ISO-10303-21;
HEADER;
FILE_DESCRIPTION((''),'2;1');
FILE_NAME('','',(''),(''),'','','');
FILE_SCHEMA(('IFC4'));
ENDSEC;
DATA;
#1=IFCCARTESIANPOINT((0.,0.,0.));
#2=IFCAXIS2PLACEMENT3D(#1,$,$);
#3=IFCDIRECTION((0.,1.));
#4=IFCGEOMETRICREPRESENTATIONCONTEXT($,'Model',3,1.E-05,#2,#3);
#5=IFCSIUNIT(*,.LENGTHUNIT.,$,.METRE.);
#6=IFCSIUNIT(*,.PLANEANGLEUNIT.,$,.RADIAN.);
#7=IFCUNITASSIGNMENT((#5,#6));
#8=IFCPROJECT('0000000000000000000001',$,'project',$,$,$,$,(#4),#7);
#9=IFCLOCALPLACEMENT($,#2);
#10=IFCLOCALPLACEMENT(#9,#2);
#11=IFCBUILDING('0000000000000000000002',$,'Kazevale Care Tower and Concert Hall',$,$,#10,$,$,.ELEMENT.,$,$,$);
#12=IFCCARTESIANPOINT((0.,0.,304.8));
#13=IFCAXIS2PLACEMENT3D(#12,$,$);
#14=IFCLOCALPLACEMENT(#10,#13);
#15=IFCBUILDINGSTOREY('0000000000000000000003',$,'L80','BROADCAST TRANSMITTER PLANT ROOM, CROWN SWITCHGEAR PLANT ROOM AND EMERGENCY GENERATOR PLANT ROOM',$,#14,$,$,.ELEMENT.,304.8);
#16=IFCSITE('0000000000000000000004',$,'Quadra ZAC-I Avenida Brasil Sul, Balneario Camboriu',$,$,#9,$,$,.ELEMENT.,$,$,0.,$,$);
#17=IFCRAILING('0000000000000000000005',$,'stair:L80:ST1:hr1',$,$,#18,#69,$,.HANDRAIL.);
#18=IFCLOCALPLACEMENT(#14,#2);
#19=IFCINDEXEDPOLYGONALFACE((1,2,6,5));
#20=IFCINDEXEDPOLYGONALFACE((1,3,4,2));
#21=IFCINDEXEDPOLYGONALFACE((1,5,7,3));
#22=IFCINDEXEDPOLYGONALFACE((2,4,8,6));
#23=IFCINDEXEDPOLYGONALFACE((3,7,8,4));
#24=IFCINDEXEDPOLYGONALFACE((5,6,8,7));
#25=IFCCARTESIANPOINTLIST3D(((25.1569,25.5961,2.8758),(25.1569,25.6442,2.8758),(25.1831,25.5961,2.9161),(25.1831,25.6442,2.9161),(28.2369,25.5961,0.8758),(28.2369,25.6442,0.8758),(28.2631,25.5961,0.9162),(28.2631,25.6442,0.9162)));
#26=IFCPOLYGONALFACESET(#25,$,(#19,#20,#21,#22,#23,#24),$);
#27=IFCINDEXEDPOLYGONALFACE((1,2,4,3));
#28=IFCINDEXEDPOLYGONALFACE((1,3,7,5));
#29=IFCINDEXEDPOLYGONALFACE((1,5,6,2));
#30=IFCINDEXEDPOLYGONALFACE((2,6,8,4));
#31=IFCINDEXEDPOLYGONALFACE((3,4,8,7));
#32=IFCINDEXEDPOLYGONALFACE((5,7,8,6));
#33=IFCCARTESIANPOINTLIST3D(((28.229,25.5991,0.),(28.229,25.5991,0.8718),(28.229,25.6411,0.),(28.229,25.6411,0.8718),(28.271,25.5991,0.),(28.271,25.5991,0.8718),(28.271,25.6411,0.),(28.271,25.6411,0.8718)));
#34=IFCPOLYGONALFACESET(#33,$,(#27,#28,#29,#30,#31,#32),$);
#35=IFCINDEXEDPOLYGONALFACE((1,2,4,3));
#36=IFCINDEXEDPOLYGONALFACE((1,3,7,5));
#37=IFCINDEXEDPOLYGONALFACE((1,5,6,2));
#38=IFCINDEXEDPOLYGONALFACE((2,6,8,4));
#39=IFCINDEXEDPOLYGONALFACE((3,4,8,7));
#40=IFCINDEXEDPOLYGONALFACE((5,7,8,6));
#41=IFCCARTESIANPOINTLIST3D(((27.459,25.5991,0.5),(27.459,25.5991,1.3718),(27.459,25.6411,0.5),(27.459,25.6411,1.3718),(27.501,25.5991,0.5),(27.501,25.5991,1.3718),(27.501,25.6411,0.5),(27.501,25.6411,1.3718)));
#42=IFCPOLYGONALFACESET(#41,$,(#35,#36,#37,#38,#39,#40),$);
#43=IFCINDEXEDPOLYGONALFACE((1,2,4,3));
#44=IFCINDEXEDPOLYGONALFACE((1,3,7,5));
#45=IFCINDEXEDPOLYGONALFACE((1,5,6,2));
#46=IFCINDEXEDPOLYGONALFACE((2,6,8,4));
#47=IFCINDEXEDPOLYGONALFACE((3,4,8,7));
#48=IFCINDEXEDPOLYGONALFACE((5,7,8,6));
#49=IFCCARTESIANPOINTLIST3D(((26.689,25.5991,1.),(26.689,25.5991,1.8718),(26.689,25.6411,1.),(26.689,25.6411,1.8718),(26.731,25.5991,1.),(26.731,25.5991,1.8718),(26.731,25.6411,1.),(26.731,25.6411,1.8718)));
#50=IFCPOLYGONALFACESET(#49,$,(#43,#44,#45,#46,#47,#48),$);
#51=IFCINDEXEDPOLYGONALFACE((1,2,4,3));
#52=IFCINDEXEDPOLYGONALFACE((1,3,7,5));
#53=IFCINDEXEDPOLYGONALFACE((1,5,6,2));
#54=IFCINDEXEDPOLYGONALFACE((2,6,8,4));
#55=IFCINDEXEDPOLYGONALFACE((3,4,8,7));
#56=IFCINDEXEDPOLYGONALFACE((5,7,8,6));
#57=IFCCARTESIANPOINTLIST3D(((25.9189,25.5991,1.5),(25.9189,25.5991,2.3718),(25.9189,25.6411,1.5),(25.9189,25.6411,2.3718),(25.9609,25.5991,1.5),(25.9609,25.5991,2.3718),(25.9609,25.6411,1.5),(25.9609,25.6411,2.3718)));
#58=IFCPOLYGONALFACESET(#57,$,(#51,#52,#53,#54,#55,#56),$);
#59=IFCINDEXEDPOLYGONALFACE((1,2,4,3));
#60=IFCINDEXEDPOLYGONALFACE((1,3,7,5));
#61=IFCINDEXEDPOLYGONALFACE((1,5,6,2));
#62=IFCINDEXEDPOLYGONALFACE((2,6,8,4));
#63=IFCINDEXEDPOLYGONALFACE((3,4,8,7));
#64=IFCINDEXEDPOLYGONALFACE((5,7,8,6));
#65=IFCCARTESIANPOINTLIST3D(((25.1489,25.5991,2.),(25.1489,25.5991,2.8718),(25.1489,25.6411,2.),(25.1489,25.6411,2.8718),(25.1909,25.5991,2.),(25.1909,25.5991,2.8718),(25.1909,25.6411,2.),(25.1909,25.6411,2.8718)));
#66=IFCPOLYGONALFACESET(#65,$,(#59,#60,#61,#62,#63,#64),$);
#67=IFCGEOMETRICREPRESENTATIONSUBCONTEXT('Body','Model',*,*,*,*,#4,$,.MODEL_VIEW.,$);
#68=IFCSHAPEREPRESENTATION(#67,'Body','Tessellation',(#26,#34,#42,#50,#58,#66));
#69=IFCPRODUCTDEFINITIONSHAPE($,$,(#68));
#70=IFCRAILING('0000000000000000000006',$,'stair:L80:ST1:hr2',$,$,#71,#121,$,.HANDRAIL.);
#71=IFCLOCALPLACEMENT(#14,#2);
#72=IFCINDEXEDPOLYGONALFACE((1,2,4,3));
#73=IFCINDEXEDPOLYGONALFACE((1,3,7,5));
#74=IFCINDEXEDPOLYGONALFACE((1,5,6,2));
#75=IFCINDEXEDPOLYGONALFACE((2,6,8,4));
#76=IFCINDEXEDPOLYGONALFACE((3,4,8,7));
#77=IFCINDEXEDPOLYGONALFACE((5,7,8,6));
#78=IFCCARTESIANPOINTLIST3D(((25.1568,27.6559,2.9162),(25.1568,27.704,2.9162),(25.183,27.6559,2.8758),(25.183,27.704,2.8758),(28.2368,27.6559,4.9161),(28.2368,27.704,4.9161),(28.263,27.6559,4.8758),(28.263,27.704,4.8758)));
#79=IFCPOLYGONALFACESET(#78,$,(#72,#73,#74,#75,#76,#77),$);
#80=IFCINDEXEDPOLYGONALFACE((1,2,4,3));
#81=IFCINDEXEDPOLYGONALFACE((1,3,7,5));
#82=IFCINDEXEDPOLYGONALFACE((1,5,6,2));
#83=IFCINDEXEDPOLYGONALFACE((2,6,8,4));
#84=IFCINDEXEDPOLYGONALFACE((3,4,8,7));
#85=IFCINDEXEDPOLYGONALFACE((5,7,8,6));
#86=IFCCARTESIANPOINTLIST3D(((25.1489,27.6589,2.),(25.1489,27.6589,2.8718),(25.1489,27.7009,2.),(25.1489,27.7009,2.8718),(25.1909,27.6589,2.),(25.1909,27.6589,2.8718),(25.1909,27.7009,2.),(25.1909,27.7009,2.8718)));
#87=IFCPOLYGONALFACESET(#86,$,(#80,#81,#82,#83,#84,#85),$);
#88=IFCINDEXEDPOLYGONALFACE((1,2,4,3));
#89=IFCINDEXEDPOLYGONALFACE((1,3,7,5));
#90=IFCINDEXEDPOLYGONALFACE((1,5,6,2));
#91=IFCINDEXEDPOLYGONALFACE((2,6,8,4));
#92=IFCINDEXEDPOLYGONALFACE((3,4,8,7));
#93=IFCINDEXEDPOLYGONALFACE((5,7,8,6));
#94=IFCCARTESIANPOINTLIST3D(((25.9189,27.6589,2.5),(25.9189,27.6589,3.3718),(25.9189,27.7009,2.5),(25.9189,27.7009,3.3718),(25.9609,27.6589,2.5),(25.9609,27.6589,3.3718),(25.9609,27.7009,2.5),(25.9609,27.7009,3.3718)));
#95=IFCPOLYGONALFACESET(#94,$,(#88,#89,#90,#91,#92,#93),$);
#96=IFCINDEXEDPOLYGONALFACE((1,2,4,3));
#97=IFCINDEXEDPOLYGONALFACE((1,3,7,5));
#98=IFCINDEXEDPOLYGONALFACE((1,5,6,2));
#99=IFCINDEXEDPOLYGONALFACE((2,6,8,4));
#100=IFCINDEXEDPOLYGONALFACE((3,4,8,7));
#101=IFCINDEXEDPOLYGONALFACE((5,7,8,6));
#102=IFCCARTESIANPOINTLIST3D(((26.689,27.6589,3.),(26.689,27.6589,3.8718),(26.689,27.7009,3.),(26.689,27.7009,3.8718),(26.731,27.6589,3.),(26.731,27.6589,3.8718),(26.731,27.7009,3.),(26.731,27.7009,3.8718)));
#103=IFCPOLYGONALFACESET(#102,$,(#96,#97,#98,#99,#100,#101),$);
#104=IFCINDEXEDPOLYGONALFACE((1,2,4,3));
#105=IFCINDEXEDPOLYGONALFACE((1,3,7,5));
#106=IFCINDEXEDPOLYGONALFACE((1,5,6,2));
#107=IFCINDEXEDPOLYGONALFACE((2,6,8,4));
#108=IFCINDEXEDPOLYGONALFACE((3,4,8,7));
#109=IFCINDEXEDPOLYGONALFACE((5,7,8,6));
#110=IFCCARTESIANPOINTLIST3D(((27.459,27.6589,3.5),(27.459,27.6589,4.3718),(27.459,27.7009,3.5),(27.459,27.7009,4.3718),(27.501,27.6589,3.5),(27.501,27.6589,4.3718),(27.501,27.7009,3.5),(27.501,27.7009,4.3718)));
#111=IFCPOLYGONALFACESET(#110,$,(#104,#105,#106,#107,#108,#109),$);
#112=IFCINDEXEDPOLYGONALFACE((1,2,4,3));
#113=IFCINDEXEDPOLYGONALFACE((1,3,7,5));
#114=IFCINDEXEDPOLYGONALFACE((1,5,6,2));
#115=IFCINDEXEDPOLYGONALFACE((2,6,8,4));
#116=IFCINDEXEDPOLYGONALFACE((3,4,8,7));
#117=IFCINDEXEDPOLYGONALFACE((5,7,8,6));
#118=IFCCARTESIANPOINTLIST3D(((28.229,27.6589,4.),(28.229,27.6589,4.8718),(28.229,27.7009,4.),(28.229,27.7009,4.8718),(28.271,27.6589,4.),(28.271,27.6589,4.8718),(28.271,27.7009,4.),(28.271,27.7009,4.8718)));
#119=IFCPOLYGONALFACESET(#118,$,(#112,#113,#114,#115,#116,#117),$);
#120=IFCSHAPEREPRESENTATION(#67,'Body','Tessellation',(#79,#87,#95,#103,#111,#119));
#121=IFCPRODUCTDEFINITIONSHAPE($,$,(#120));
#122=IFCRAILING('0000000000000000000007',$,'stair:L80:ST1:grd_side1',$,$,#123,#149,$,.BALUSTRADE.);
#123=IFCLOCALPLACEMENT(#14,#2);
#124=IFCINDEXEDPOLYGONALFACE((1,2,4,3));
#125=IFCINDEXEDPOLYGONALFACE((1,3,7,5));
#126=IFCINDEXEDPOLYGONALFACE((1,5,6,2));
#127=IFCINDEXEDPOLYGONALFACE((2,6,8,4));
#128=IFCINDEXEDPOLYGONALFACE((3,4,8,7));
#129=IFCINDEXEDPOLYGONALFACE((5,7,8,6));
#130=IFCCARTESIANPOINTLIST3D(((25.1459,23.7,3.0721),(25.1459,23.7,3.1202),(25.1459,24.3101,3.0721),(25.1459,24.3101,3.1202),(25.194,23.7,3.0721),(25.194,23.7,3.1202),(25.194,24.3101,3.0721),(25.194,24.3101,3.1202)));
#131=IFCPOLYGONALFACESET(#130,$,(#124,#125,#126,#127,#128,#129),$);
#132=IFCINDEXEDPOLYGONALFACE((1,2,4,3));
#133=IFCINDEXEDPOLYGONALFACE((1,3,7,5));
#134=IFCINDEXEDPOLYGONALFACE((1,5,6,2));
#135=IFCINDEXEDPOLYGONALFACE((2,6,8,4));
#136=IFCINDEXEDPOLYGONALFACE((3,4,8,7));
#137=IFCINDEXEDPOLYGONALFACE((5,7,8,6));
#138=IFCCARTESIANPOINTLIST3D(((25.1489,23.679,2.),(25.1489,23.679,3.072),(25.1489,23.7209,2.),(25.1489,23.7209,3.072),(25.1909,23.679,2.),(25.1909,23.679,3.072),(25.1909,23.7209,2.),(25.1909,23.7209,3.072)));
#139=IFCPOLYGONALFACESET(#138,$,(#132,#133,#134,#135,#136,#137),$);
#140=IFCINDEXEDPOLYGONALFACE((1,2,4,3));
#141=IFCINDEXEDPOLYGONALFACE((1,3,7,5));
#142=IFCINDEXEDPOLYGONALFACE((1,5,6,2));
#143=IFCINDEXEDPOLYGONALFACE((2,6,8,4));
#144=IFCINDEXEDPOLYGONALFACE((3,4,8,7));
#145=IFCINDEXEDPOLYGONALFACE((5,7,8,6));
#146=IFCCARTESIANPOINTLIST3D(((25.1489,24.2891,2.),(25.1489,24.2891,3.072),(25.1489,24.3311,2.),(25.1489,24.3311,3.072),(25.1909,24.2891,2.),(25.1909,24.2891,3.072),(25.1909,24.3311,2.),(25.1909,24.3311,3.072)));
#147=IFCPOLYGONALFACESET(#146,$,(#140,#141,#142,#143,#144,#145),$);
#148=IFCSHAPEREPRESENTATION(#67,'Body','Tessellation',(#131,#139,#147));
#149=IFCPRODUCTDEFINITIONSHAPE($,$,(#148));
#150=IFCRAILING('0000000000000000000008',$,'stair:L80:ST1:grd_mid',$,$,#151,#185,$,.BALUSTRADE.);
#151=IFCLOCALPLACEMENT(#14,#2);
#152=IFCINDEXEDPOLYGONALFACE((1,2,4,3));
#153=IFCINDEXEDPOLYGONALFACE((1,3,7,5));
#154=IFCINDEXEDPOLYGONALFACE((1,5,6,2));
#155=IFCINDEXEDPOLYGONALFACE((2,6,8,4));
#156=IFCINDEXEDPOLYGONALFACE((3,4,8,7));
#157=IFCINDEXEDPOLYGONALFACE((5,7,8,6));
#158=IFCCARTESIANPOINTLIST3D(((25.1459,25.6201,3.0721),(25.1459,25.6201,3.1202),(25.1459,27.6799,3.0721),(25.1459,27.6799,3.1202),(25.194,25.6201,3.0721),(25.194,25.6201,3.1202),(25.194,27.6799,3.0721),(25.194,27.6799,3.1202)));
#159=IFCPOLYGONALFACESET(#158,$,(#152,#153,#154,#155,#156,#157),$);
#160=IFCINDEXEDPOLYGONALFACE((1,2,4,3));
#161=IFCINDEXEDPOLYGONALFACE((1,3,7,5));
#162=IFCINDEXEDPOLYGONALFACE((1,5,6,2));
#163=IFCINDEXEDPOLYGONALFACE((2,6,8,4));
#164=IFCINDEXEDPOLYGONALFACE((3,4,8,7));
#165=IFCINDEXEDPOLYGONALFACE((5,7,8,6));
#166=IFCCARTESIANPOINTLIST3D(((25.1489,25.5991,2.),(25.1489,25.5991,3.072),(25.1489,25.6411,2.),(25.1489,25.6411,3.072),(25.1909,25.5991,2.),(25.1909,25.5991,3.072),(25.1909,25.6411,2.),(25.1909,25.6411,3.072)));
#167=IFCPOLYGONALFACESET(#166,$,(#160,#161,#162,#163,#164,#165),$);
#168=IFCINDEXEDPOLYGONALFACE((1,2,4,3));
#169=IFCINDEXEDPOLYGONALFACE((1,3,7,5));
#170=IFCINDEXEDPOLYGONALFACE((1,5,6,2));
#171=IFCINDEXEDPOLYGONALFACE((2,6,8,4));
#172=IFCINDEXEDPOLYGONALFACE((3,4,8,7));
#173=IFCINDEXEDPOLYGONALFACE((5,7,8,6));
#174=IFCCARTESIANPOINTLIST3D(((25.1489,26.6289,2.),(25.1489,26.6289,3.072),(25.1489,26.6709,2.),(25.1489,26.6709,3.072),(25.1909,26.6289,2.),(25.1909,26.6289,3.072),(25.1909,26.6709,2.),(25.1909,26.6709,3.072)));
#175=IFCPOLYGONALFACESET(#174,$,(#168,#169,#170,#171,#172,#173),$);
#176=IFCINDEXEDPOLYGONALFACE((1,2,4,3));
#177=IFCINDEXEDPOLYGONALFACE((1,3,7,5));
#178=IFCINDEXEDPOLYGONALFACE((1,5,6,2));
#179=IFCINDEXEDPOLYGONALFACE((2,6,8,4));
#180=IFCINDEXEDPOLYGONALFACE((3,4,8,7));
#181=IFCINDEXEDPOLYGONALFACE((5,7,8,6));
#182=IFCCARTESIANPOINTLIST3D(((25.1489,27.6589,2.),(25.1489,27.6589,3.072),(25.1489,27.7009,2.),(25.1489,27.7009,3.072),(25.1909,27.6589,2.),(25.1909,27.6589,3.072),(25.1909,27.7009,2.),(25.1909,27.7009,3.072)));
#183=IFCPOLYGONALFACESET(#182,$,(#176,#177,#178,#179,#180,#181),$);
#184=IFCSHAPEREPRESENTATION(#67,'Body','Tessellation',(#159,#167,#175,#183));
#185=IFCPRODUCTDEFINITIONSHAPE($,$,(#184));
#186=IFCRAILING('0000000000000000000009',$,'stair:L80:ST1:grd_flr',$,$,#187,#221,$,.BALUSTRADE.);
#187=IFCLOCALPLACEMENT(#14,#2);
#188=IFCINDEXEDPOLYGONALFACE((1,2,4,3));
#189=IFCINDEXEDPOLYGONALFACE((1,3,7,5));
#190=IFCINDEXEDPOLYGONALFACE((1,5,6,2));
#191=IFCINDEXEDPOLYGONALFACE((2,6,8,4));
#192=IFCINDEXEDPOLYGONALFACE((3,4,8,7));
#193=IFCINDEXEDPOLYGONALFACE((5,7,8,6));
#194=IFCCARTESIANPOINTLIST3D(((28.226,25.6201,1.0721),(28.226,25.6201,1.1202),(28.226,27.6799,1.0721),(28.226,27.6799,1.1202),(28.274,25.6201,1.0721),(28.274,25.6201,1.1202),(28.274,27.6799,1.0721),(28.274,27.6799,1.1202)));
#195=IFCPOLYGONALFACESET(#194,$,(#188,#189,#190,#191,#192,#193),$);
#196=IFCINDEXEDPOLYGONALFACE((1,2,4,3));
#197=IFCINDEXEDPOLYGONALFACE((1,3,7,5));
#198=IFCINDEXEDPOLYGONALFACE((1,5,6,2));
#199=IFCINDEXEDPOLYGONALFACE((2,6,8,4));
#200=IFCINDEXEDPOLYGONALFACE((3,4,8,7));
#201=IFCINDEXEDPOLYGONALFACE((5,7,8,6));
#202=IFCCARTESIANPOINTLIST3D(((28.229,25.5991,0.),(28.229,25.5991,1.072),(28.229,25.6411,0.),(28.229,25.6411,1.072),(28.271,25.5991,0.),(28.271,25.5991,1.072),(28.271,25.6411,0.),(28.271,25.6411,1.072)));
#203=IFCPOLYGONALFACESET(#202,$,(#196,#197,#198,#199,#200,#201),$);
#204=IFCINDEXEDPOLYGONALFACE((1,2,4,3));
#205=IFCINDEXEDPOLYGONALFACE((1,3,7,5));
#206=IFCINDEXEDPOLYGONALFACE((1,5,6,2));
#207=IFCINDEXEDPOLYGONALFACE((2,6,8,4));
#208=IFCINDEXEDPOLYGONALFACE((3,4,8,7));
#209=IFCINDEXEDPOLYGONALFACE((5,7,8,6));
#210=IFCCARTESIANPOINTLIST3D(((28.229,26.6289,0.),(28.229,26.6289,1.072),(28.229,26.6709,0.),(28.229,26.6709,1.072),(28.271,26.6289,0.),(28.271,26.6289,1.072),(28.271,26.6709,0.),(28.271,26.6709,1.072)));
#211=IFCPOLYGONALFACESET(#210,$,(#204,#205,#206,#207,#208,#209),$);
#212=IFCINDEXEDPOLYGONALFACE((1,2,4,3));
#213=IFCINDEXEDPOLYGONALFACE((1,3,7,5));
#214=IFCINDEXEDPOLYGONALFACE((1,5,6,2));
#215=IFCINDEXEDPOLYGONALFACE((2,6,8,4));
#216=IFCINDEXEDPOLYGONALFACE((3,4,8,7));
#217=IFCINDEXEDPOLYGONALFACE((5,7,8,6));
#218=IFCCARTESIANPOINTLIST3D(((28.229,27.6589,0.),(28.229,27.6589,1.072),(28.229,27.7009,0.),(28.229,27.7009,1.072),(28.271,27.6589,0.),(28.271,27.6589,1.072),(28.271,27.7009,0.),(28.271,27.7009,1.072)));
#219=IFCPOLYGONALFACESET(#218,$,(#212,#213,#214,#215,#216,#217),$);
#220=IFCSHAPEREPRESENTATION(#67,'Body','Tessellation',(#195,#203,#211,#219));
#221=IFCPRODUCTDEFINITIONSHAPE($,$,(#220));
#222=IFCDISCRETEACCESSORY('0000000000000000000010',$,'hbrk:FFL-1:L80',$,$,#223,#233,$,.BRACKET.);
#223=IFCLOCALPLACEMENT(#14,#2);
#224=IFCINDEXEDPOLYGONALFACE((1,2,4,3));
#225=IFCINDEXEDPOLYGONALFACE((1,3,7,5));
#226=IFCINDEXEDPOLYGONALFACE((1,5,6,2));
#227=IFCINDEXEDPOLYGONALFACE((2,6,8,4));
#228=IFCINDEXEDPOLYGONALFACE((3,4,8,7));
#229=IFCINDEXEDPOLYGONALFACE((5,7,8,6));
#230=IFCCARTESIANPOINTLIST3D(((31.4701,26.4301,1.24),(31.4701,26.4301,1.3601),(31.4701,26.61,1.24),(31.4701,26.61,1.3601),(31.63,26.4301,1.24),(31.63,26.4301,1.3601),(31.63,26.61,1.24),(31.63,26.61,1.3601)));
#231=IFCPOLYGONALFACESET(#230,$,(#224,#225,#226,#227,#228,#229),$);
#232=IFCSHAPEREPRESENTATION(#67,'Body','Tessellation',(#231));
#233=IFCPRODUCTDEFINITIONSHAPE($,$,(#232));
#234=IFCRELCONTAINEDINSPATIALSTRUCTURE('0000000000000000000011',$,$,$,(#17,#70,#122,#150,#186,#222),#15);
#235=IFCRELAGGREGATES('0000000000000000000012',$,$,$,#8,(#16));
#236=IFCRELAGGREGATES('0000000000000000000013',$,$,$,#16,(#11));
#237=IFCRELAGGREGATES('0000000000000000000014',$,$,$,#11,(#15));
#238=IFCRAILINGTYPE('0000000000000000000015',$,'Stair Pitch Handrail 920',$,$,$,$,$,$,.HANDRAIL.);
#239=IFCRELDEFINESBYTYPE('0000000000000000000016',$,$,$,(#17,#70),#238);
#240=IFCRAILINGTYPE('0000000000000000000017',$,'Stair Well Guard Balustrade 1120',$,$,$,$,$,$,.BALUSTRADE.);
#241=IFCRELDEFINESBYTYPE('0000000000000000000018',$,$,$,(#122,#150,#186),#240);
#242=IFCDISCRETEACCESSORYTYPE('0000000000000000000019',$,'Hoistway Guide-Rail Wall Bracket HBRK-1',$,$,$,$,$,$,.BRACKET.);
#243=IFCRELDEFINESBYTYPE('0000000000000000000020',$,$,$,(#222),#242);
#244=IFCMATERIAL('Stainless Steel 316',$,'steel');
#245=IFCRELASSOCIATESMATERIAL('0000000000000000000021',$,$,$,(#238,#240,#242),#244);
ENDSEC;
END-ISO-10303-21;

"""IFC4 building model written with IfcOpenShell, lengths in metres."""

from ifc_helpers import new_model, si_unit, direction, frame, origin, origin_2d, place, context, subcontext, project, spatial, rectangle, extrude, material, type_object, element, save


model = new_model("IFC4")

# Units and contexts
model_context = context("Model", 3, precision=1e-05, world=origin(), true_north=direction((0.0, 1.0)))
body_context = subcontext(model_context, "Body", "Model", "MODEL_VIEW")
ifc_project = project(units=[si_unit("LENGTHUNIT", "METRE"), si_unit("PLANEANGLEUNIT", "RADIAN")], contexts=[model_context])

# Site, building, storey
site_placement = place(None, origin())
site = spatial("IfcSite", under=ifc_project, at=site_placement, Name="Quadra ZAC-I Avenida Brasil Sul, Balneario Camboriu", CompositionType="ELEMENT", RefElevation=0.0)
building_placement = place(site_placement, origin())
building = spatial("IfcBuilding", under=site, at=building_placement, Name="Kazevale Care Tower and Concert Hall", CompositionType="ELEMENT")
storey_placement = place(building_placement, frame((0.0, 0.0, 304.8)))
storey = spatial("IfcBuildingStorey", under=building, at=storey_placement, Name="L80", Description="BROADCAST TRANSMITTER PLANT ROOM, CROWN SWITCHGEAR PLANT ROOM AND EMERGENCY GENERATOR PLANT ROOM", CompositionType="ELEMENT", Elevation=304.8)

# Shared definitions
ifc_material_1 = material(Name="Stainless Steel 316", Category="steel")

# Railings
railing_type_1 = type_object("IfcRailingType", Name="Stair Pitch Handrail 920", PredefinedType="HANDRAIL", material=ifc_material_1)
railing_1_placement = place(storey_placement, frame((28.25, 25.6201, 0.0)))
element("IfcRailing", 1, at=railing_1_placement, inside=storey, type_object=railing_type_1, Name="stair:L80:ST1:hr1", PredefinedType="HANDRAIL", context=body_context, shape_type="SweptSolid", body=[
    extrude(rectangle(XDim=0.0481, YDim=0.0481, at=origin_2d()), frame((0.0, 0.0, 0.896), z_axis=(-0.838699, 0.0, 0.544596), x_axis=(0.0, -1.0, 0.0)), (0.0, 0.0, 1.0), 3.6724),
    extrude(rectangle(XDim=0.042, YDim=0.042, at=origin_2d()), origin(), (0.0, 0.0, 1.0), 0.8718),
    extrude(rectangle(XDim=0.042, YDim=0.042, at=origin_2d()), frame((-0.77, 0.0, 0.5)), (0.0, 0.0, 1.0), 0.8718),
    extrude(rectangle(XDim=0.042, YDim=0.042, at=origin_2d()), frame((-1.54, 0.0, 1.0)), (0.0, 0.0, 1.0), 0.8718),
    extrude(rectangle(XDim=0.042, YDim=0.042, at=origin_2d()), frame((-2.3101, 0.0, 1.5)), (0.0, 0.0, 1.0), 0.8718),
    extrude(rectangle(XDim=0.042, YDim=0.042, at=origin_2d()), frame((-3.0801, 0.0, 2.0)), (0.0, 0.0, 1.0), 0.8718),
])
railing_2_placement = place(storey_placement, frame((25.1699, 27.6799, 2.0)))
element("IfcRailing", 2, at=railing_2_placement, inside=storey, type_object=railing_type_1, Name="stair:L80:ST1:hr2", PredefinedType="HANDRAIL", context=body_context, shape_type="SweptSolid", body=[
    extrude(rectangle(XDim=0.0481, YDim=0.0481, at=origin_2d()), frame((0.0, 0.0, 0.896), z_axis=(0.838699, 0.0, 0.544596), x_axis=(0.0, 1.0, 0.0)), (0.0, 0.0, 1.0), 3.6724),
    extrude(rectangle(XDim=0.042, YDim=0.042, at=origin_2d()), origin(), (0.0, 0.0, 1.0), 0.8718),
    extrude(rectangle(XDim=0.042, YDim=0.042, at=origin_2d()), frame((0.77, 0.0, 0.5)), (0.0, 0.0, 1.0), 0.8718),
    extrude(rectangle(XDim=0.042, YDim=0.042, at=origin_2d()), frame((1.54, 0.0, 1.0)), (0.0, 0.0, 1.0), 0.8718),
    extrude(rectangle(XDim=0.042, YDim=0.042, at=origin_2d()), frame((2.3101, 0.0, 1.5)), (0.0, 0.0, 1.0), 0.8718),
    extrude(rectangle(XDim=0.042, YDim=0.042, at=origin_2d()), frame((3.0801, 0.0, 2.0)), (0.0, 0.0, 1.0), 0.8718),
])
railing_type_2 = type_object("IfcRailingType", Name="Stair Well Guard Balustrade 1120", PredefinedType="BALUSTRADE", material=ifc_material_1)
railing_3_placement = place(storey_placement, frame((25.1699, 23.7, 2.0)))
element("IfcRailing", 3, at=railing_3_placement, inside=storey, type_object=railing_type_2, Name="stair:L80:ST1:grd_side1", PredefinedType="BALUSTRADE", context=body_context, shape_type="SweptSolid", body=[
    extrude(rectangle(XDim=0.0481, YDim=0.0481, at=origin_2d()), frame((0.0, 0.0, 1.0962), z_axis=(0.0, 1.0, 0.0), x_axis=(-1.0, 0.0, 0.0)), (0.0, 0.0, 1.0), 0.6101),
    extrude(rectangle(XDim=0.042, YDim=0.042, at=origin_2d()), origin(), (0.0, 0.0, 1.0), 1.072),
    extrude(rectangle(XDim=0.042, YDim=0.042, at=origin_2d()), frame((0.0, 0.6101, 0.0)), (0.0, 0.0, 1.0), 1.072),
])
for number, where, name in (
    (4, (25.1699, 25.6201, 2.0), "stair:L80:ST1:grd_mid"),
    (5, (28.25, 25.6201, 0.0), "stair:L80:ST1:grd_flr"),
):
    element("IfcRailing", number, at=place(storey_placement, frame(where)), inside=storey, type_object=railing_type_2, Name=name, PredefinedType="BALUSTRADE", context=body_context, shape_type="SweptSolid", body=[
        extrude(rectangle(XDim=0.0481, YDim=0.0481, at=origin_2d()), frame((0.0, 0.0, 1.0962), z_axis=(0.0, 1.0, 0.0), x_axis=(-1.0, 0.0, 0.0)), (0.0, 0.0, 1.0), 2.0598),
        extrude(rectangle(XDim=0.042, YDim=0.042, at=origin_2d()), origin(), (0.0, 0.0, 1.0), 1.072),
        extrude(rectangle(XDim=0.042, YDim=0.042, at=origin_2d()), frame((0.0, 1.0298, 0.0)), (0.0, 0.0, 1.0), 1.072),
        extrude(rectangle(XDim=0.042, YDim=0.042, at=origin_2d()), frame((0.0, 2.0598, 0.0)), (0.0, 0.0, 1.0), 1.072),
    ])

# Discrete accessory
discrete_accessory_type = type_object("IfcDiscreteAccessoryType", Name="Hoistway Guide-Rail Wall Bracket HBRK-1", PredefinedType="BRACKET", material=ifc_material_1)
discrete_accessory_placement = place(storey_placement, frame((31.55, 26.52, 1.24), z_axis=(0.0, 0.0, 1.0), x_axis=(1.0, 0.0, 0.0)))
element("IfcDiscreteAccessory", 6, at=discrete_accessory_placement, inside=storey, type_object=discrete_accessory_type, Name="hbrk:FFL-1:L80", PredefinedType="BRACKET", context=body_context, shape_type="SweptSolid", body=[
    extrude(rectangle(XDim=0.1599, YDim=0.1799, at=origin_2d()), origin(), (0.0, 0.0, 1.0), 0.1201),
])

save(model, "model.ifc")
